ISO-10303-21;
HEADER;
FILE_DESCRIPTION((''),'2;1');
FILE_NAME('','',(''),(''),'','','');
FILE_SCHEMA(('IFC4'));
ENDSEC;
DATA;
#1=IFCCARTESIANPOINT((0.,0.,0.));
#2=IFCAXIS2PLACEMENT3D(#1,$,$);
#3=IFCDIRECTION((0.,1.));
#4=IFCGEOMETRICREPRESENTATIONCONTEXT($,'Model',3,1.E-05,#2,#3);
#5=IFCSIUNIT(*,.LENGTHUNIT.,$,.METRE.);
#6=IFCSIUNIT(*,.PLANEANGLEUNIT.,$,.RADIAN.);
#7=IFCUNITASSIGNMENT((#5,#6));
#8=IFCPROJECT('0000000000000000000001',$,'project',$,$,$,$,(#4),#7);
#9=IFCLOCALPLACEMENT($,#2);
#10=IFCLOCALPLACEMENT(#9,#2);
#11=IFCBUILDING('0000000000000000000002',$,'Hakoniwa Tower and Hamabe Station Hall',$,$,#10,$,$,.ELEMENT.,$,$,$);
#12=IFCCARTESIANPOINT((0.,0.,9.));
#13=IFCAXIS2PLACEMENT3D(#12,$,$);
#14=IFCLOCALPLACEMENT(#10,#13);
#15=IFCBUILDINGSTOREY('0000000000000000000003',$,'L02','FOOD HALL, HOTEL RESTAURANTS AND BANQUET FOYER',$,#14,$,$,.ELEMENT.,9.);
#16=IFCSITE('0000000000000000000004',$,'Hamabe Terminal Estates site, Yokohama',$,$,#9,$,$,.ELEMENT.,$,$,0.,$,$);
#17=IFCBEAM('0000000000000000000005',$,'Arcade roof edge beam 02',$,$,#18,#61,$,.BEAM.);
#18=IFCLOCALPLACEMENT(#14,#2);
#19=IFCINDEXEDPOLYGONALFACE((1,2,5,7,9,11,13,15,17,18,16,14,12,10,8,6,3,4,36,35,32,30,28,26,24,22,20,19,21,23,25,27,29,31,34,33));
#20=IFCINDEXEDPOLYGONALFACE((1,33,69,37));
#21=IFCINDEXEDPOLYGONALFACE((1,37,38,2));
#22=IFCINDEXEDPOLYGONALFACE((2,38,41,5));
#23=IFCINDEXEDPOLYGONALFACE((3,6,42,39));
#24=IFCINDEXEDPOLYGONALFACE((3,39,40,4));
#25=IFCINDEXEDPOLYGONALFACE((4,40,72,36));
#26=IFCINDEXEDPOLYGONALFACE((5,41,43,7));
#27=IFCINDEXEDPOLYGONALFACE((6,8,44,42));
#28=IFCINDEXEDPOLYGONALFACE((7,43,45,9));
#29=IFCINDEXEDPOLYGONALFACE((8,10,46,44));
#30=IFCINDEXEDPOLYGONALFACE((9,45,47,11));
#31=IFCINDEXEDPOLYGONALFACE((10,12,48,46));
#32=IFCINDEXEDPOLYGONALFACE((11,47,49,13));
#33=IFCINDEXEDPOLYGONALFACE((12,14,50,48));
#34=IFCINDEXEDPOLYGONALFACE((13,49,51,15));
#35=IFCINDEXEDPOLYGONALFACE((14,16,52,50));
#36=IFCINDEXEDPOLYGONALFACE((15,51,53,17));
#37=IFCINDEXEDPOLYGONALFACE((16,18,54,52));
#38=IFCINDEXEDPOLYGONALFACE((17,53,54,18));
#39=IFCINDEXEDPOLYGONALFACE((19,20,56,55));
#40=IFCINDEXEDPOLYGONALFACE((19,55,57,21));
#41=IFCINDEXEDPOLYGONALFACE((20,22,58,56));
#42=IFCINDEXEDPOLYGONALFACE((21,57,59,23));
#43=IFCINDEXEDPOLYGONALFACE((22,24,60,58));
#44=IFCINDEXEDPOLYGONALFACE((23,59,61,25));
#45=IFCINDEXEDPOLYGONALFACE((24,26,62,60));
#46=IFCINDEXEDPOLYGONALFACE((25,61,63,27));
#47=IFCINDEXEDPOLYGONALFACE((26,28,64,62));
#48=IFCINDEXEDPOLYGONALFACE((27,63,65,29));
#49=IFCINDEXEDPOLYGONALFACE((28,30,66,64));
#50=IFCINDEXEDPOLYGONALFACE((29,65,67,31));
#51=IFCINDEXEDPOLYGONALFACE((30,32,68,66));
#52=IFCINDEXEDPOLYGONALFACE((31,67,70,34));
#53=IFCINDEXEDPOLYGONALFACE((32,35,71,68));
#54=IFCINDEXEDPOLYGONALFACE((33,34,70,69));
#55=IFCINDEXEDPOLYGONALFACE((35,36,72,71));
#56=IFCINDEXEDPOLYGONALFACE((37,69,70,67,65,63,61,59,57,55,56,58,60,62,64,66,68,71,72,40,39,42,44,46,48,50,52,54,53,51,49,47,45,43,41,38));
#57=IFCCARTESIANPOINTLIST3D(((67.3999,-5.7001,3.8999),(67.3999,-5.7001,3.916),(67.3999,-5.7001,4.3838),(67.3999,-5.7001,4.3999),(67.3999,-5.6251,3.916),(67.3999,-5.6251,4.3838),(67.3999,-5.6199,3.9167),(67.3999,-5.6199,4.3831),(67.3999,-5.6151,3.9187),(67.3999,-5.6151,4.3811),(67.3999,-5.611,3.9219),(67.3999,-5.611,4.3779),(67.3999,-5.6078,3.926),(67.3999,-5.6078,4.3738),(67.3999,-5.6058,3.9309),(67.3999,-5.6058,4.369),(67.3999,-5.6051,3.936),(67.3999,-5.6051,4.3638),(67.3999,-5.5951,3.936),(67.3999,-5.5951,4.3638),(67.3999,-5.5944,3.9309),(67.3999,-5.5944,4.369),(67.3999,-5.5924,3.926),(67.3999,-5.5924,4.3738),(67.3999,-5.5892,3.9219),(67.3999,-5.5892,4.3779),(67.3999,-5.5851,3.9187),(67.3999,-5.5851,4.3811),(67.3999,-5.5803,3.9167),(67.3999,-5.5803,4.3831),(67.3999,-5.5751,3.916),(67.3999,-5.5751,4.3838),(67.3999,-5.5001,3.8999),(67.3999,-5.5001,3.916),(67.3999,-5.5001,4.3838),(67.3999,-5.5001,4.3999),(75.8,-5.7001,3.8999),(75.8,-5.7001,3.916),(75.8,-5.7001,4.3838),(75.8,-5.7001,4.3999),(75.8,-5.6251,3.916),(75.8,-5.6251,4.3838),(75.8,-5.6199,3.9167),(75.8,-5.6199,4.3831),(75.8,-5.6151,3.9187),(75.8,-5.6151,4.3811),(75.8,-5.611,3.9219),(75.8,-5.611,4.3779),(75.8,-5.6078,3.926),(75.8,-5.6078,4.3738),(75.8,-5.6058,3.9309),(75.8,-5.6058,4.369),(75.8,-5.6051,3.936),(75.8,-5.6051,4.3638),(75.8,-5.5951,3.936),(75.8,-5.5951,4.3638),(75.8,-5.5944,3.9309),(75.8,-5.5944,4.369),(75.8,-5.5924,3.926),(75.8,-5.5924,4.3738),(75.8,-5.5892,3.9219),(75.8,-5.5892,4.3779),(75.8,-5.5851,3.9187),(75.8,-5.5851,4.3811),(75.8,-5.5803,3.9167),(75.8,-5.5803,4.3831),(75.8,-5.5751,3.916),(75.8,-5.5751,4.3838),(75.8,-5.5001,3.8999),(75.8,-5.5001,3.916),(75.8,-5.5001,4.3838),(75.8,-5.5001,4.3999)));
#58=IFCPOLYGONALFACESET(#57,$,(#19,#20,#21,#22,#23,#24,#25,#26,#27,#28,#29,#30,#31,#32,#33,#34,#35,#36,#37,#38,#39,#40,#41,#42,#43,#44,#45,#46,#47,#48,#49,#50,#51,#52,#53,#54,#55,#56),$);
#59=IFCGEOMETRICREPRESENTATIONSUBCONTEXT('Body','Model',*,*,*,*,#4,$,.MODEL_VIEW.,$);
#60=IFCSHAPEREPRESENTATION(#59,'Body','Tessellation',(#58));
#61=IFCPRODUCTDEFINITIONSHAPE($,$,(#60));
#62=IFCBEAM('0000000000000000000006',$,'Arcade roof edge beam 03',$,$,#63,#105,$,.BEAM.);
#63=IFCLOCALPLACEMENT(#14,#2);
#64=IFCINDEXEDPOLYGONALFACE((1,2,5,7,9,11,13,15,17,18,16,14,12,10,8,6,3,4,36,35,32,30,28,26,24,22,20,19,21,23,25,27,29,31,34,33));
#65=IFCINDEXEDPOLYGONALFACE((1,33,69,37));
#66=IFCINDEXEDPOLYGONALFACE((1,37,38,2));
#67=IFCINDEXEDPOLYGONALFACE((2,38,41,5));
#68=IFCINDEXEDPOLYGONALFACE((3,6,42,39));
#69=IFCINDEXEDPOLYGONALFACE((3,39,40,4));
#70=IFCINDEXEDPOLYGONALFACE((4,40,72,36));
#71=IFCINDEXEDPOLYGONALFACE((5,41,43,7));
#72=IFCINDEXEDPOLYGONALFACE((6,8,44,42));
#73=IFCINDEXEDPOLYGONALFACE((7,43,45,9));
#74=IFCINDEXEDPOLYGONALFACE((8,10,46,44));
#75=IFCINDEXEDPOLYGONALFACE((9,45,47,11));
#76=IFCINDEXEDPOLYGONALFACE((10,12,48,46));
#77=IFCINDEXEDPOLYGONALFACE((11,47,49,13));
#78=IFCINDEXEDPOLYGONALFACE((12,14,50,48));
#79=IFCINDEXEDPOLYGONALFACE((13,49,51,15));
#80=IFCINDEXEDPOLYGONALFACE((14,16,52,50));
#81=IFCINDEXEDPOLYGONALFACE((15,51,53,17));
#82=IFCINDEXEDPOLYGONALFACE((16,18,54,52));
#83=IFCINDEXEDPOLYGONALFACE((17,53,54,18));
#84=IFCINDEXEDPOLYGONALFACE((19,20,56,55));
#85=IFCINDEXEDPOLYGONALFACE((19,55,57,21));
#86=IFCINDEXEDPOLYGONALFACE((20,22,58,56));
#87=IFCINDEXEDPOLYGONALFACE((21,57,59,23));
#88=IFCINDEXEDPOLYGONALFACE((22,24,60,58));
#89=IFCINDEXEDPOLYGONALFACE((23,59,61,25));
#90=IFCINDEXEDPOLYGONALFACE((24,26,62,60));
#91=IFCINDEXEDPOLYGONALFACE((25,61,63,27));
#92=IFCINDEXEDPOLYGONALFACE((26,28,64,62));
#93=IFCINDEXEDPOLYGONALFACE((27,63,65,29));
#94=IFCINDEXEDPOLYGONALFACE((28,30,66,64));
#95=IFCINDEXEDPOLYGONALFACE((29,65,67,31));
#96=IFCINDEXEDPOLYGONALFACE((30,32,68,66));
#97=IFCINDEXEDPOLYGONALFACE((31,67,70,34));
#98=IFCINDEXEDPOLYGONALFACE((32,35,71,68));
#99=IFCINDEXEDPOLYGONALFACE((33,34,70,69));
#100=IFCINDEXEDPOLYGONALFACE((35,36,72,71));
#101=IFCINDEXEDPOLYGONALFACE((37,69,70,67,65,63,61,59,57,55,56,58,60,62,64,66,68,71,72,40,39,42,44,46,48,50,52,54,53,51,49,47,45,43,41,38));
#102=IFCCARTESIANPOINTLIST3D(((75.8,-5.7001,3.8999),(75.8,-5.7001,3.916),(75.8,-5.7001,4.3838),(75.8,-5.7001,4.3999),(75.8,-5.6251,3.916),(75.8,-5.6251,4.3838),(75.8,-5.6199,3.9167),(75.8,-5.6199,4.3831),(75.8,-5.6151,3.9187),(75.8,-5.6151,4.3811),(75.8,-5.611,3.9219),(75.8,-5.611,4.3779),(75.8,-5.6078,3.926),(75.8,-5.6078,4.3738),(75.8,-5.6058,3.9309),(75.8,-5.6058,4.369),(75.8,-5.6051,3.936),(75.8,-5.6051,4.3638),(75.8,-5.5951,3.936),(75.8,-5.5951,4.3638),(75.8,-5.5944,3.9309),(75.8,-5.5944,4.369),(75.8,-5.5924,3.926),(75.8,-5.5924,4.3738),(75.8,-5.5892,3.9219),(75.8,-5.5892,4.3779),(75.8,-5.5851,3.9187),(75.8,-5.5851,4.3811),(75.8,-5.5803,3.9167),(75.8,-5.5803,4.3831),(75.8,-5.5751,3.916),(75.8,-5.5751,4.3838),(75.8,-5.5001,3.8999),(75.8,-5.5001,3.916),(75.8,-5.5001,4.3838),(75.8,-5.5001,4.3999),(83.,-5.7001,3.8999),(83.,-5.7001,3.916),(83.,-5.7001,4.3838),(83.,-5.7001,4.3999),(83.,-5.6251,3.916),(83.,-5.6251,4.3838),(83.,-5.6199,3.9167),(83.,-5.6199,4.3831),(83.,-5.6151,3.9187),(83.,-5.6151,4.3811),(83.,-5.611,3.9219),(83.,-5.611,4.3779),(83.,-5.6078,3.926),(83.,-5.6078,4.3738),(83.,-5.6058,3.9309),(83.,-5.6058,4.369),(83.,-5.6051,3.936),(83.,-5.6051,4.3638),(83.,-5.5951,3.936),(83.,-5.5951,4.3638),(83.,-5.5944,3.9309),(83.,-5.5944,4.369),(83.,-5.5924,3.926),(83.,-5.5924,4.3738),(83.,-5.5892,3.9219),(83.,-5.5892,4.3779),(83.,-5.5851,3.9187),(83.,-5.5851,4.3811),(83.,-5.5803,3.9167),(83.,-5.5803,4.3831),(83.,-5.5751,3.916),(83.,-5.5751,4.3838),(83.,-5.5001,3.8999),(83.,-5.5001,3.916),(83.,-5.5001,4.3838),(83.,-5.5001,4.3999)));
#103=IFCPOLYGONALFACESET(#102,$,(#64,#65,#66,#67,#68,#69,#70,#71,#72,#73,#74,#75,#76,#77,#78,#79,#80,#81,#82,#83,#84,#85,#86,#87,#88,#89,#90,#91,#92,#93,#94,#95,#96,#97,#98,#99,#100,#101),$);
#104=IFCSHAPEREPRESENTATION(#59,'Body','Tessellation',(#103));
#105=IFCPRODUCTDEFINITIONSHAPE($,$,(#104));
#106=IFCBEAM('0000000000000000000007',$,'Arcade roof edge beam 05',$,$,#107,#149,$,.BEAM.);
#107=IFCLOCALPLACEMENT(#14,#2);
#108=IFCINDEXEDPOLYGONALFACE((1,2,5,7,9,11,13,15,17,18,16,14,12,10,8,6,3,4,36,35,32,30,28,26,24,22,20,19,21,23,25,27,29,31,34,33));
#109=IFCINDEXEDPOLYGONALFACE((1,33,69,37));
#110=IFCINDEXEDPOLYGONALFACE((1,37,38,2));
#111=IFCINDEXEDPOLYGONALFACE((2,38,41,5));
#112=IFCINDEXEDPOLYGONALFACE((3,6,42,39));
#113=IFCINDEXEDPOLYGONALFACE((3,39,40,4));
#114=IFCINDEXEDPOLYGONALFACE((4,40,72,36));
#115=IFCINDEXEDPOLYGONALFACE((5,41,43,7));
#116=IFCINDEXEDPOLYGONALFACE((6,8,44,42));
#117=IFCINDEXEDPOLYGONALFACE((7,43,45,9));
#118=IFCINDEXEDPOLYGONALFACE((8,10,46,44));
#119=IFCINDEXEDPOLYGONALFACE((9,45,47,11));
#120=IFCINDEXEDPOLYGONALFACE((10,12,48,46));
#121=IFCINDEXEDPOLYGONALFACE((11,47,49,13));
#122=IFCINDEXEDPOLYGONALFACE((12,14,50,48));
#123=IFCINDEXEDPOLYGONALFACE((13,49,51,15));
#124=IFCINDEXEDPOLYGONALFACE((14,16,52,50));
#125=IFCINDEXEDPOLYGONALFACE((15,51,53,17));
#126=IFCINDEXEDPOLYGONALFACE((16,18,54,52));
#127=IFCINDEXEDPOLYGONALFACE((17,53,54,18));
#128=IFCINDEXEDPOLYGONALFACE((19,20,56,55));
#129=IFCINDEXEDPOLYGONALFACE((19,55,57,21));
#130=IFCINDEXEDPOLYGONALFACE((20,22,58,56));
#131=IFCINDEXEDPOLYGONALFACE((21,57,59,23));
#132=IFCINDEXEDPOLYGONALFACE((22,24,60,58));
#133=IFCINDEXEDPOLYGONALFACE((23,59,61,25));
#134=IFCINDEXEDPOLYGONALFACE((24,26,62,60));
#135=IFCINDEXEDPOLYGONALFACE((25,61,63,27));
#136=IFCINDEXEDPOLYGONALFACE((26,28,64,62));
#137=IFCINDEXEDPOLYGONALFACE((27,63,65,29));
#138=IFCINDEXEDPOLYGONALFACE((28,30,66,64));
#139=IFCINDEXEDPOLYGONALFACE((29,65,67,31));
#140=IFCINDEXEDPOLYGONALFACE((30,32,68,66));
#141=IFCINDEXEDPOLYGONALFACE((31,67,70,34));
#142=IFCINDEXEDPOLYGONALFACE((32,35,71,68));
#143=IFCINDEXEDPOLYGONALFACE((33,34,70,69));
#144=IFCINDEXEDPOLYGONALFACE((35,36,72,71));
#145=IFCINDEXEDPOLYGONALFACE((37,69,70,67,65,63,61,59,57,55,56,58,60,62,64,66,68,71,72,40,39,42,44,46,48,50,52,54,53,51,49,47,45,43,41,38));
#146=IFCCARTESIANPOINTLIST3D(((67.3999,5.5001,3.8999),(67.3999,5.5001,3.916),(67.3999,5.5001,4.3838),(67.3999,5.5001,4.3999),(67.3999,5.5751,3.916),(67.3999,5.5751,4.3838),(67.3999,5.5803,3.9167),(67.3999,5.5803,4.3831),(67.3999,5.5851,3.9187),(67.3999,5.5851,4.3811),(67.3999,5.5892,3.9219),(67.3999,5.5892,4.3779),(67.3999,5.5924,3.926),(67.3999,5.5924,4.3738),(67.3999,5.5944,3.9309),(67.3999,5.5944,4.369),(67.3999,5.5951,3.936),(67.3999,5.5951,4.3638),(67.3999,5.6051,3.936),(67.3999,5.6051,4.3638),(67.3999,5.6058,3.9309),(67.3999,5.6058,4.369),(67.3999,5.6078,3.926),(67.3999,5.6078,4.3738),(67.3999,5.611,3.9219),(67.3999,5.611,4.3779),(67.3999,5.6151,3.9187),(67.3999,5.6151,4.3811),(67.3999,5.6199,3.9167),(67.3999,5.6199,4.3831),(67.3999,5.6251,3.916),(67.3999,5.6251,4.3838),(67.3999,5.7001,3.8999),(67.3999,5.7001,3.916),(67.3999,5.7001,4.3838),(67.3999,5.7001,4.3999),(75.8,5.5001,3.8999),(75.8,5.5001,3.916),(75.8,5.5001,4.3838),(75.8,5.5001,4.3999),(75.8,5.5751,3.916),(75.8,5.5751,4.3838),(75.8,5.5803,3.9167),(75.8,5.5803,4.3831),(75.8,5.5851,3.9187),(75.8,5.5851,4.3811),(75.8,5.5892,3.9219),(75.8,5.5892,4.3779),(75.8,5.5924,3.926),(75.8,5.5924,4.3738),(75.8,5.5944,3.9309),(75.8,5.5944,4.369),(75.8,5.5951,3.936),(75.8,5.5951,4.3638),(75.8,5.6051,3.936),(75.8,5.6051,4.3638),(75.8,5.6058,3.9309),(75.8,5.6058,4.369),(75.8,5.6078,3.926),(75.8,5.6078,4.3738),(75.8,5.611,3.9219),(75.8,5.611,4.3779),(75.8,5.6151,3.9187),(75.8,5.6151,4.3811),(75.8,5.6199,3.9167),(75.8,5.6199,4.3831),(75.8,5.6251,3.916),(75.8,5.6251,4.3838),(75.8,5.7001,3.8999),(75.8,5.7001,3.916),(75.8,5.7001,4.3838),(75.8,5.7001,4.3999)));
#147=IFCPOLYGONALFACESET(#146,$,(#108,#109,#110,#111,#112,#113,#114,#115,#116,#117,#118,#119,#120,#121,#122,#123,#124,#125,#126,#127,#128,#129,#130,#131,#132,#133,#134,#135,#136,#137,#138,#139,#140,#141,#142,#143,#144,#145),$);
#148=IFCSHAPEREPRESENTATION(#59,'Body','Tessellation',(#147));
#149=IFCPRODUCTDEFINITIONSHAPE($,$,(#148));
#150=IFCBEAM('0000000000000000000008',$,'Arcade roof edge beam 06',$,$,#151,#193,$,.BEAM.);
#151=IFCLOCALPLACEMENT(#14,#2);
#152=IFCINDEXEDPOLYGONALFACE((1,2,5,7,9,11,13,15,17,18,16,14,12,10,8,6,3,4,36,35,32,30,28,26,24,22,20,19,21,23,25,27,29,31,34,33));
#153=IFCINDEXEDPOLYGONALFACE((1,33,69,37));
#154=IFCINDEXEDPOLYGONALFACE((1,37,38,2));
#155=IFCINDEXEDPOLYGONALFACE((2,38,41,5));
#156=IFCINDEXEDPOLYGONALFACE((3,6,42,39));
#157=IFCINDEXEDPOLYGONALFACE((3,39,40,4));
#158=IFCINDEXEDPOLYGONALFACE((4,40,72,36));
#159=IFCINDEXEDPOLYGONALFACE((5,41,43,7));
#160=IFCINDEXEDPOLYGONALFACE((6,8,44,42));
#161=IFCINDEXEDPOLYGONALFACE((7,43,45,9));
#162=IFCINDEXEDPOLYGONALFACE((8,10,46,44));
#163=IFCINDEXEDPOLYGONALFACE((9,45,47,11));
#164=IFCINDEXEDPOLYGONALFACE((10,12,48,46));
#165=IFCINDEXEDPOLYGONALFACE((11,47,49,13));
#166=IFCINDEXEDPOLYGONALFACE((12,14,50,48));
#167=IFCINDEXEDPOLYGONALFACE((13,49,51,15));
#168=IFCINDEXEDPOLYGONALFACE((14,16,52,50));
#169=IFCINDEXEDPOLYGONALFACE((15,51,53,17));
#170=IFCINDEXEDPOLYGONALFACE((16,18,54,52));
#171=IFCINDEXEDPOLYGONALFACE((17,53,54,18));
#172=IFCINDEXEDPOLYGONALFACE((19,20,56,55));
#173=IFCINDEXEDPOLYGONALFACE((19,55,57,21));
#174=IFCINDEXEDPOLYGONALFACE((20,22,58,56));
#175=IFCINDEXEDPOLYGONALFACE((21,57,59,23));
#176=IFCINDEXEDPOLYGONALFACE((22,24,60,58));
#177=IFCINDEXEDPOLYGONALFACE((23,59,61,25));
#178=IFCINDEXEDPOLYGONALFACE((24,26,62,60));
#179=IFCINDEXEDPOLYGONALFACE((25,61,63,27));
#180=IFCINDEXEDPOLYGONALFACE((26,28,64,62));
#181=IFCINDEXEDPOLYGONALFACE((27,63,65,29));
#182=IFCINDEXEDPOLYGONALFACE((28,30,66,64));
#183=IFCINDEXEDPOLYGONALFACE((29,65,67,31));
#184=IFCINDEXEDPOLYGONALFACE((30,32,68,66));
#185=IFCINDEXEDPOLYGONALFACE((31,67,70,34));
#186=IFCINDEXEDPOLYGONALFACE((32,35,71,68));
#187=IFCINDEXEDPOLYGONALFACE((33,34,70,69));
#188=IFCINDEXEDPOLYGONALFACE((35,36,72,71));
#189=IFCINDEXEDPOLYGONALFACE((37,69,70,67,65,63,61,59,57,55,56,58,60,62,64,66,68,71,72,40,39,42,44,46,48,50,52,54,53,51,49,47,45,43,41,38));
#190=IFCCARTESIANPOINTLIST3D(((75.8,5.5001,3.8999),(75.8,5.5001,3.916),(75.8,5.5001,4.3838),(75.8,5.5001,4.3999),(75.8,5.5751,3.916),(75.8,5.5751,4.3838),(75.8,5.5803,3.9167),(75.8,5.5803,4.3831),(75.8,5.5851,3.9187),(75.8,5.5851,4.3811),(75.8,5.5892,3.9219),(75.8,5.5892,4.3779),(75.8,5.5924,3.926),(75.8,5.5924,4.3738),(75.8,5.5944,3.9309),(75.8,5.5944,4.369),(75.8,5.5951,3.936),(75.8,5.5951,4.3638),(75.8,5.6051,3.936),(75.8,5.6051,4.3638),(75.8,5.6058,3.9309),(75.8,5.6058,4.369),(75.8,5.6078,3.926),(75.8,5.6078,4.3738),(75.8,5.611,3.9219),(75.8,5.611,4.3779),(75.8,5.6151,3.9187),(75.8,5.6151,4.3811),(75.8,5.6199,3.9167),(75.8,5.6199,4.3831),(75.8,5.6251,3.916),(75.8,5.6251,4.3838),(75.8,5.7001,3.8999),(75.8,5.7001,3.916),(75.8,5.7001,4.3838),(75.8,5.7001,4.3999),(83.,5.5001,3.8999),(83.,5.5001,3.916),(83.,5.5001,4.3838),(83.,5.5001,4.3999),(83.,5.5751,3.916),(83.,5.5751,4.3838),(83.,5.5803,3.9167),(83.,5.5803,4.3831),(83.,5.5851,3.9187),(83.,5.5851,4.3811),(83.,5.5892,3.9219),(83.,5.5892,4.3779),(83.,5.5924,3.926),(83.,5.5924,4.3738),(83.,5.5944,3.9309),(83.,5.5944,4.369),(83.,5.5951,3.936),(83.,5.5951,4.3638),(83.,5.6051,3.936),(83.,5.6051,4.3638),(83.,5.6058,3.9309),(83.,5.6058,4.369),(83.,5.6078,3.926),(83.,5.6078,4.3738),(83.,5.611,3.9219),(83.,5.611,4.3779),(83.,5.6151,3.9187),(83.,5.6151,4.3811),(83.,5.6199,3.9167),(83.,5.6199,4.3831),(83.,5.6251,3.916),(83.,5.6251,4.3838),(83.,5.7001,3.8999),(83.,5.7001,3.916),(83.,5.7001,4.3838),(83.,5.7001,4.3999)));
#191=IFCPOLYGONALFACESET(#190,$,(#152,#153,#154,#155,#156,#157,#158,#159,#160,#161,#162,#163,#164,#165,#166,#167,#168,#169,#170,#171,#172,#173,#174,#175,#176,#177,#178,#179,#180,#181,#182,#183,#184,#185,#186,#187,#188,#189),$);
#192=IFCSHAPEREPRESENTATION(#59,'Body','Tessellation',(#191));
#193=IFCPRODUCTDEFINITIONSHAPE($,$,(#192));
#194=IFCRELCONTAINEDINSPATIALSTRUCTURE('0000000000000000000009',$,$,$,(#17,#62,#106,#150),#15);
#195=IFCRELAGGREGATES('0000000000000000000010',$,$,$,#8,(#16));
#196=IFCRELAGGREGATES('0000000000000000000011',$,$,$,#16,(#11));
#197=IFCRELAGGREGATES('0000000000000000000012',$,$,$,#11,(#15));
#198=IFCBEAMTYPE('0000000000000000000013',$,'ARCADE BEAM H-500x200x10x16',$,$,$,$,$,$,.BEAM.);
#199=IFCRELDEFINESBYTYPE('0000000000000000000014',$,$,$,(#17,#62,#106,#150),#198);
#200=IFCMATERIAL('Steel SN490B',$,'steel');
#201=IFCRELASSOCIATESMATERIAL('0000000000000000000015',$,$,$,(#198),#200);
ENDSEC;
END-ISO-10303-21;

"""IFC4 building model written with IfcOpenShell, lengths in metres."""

from ifc_helpers import new_model, si_unit, direction, frame, origin, origin_2d, place, context, subcontext, project, spatial, i_section, extrude, material, material_profile, profile_set, type_object, element, save


model = new_model("IFC4")

# Units and contexts
model_context = context("Model", 3, precision=1e-05, world=origin(), true_north=direction((0.0, 1.0)))
body_context = subcontext(model_context, "Body", "Model", "MODEL_VIEW")
ifc_project = project(units=[si_unit("LENGTHUNIT", "METRE"), si_unit("PLANEANGLEUNIT", "RADIAN")], contexts=[model_context])

# Site, building, storey
site_placement = place(None, origin())
site = spatial("IfcSite", under=ifc_project, at=site_placement, Name="Hamabe Terminal Estates site, Yokohama", CompositionType="ELEMENT", RefElevation=0.0)
building_placement = place(site_placement, origin())
building = spatial("IfcBuilding", under=site, at=building_placement, Name="Hakoniwa Tower and Hamabe Station Hall", CompositionType="ELEMENT")
storey_placement = place(building_placement, frame((0.0, 0.0, 9.0)))
storey = spatial("IfcBuildingStorey", under=building, at=storey_placement, Name="L02", Description="FOOD HALL, HOTEL RESTAURANTS AND BANQUET FOYER", CompositionType="ELEMENT", Elevation=9.0)

# Beams
ifc_material_1 = material(Name="Steel SN490B", Category="steel")
ifc_material_profile_1 = material_profile(ifc_material_1, i_section(OverallWidth=0.2, OverallDepth=0.5, WebThickness=0.01, FlangeThickness=0.0161, FilletRadius=0.02, at=origin_2d()), Name="H-500x200x10x16")
ifc_profile_set_1 = profile_set([ifc_material_profile_1], Name="Steel SN490B")
beam_type_1 = type_object("IfcBeamType", Name="ARCADE BEAM H-500x200x10x16", PredefinedType="BEAM", material=ifc_profile_set_1)
beam_1_placement = place(storey_placement, frame((67.3999, -5.6001, 4.1499), z_axis=(1.0, 0.0, 0.0), x_axis=(0.0, 1.0, 0.0)))
element("IfcBeam", 1, at=beam_1_placement, inside=storey, type_object=beam_type_1, Name="Arcade roof edge beam 02", PredefinedType="BEAM", context=body_context, shape_type="SweptSolid", body=[
    extrude(i_section(OverallWidth=0.2, OverallDepth=0.5, WebThickness=0.01, FlangeThickness=0.0161, FilletRadius=0.02, at=origin_2d()), origin(), (0.0, 0.0, 1.0), 8.4001),
])
beam_2_placement = place(storey_placement, frame((75.8, -5.6001, 4.1499), z_axis=(1.0, 0.0, 0.0), x_axis=(0.0, 1.0, 0.0)))
element("IfcBeam", 2, at=beam_2_placement, inside=storey, type_object=beam_type_1, Name="Arcade roof edge beam 03", PredefinedType="BEAM", context=body_context, shape_type="SweptSolid", body=[
    extrude(i_section(OverallWidth=0.2, OverallDepth=0.5, WebThickness=0.01, FlangeThickness=0.0161, FilletRadius=0.02, at=origin_2d()), origin(), (0.0, 0.0, 1.0), 7.2),
])
beam_3_placement = place(storey_placement, frame((67.3999, 5.6001, 4.1499), z_axis=(1.0, 0.0, 0.0), x_axis=(0.0, 1.0, 0.0)))
element("IfcBeam", 3, at=beam_3_placement, inside=storey, type_object=beam_type_1, Name="Arcade roof edge beam 05", PredefinedType="BEAM", context=body_context, shape_type="SweptSolid", body=[
    extrude(i_section(OverallWidth=0.2, OverallDepth=0.5, WebThickness=0.01, FlangeThickness=0.0161, FilletRadius=0.02, at=origin_2d()), origin(), (0.0, 0.0, 1.0), 8.4001),
])
beam_4_placement = place(storey_placement, frame((75.8, 5.6001, 4.1499), z_axis=(1.0, 0.0, 0.0), x_axis=(0.0, 1.0, 0.0)))
element("IfcBeam", 4, at=beam_4_placement, inside=storey, type_object=beam_type_1, Name="Arcade roof edge beam 06", PredefinedType="BEAM", context=body_context, shape_type="SweptSolid", body=[
    extrude(i_section(OverallWidth=0.2, OverallDepth=0.5, WebThickness=0.01, FlangeThickness=0.0161, FilletRadius=0.02, at=origin_2d()), origin(), (0.0, 0.0, 1.0), 7.2),
])

save(model, "model.ifc")
